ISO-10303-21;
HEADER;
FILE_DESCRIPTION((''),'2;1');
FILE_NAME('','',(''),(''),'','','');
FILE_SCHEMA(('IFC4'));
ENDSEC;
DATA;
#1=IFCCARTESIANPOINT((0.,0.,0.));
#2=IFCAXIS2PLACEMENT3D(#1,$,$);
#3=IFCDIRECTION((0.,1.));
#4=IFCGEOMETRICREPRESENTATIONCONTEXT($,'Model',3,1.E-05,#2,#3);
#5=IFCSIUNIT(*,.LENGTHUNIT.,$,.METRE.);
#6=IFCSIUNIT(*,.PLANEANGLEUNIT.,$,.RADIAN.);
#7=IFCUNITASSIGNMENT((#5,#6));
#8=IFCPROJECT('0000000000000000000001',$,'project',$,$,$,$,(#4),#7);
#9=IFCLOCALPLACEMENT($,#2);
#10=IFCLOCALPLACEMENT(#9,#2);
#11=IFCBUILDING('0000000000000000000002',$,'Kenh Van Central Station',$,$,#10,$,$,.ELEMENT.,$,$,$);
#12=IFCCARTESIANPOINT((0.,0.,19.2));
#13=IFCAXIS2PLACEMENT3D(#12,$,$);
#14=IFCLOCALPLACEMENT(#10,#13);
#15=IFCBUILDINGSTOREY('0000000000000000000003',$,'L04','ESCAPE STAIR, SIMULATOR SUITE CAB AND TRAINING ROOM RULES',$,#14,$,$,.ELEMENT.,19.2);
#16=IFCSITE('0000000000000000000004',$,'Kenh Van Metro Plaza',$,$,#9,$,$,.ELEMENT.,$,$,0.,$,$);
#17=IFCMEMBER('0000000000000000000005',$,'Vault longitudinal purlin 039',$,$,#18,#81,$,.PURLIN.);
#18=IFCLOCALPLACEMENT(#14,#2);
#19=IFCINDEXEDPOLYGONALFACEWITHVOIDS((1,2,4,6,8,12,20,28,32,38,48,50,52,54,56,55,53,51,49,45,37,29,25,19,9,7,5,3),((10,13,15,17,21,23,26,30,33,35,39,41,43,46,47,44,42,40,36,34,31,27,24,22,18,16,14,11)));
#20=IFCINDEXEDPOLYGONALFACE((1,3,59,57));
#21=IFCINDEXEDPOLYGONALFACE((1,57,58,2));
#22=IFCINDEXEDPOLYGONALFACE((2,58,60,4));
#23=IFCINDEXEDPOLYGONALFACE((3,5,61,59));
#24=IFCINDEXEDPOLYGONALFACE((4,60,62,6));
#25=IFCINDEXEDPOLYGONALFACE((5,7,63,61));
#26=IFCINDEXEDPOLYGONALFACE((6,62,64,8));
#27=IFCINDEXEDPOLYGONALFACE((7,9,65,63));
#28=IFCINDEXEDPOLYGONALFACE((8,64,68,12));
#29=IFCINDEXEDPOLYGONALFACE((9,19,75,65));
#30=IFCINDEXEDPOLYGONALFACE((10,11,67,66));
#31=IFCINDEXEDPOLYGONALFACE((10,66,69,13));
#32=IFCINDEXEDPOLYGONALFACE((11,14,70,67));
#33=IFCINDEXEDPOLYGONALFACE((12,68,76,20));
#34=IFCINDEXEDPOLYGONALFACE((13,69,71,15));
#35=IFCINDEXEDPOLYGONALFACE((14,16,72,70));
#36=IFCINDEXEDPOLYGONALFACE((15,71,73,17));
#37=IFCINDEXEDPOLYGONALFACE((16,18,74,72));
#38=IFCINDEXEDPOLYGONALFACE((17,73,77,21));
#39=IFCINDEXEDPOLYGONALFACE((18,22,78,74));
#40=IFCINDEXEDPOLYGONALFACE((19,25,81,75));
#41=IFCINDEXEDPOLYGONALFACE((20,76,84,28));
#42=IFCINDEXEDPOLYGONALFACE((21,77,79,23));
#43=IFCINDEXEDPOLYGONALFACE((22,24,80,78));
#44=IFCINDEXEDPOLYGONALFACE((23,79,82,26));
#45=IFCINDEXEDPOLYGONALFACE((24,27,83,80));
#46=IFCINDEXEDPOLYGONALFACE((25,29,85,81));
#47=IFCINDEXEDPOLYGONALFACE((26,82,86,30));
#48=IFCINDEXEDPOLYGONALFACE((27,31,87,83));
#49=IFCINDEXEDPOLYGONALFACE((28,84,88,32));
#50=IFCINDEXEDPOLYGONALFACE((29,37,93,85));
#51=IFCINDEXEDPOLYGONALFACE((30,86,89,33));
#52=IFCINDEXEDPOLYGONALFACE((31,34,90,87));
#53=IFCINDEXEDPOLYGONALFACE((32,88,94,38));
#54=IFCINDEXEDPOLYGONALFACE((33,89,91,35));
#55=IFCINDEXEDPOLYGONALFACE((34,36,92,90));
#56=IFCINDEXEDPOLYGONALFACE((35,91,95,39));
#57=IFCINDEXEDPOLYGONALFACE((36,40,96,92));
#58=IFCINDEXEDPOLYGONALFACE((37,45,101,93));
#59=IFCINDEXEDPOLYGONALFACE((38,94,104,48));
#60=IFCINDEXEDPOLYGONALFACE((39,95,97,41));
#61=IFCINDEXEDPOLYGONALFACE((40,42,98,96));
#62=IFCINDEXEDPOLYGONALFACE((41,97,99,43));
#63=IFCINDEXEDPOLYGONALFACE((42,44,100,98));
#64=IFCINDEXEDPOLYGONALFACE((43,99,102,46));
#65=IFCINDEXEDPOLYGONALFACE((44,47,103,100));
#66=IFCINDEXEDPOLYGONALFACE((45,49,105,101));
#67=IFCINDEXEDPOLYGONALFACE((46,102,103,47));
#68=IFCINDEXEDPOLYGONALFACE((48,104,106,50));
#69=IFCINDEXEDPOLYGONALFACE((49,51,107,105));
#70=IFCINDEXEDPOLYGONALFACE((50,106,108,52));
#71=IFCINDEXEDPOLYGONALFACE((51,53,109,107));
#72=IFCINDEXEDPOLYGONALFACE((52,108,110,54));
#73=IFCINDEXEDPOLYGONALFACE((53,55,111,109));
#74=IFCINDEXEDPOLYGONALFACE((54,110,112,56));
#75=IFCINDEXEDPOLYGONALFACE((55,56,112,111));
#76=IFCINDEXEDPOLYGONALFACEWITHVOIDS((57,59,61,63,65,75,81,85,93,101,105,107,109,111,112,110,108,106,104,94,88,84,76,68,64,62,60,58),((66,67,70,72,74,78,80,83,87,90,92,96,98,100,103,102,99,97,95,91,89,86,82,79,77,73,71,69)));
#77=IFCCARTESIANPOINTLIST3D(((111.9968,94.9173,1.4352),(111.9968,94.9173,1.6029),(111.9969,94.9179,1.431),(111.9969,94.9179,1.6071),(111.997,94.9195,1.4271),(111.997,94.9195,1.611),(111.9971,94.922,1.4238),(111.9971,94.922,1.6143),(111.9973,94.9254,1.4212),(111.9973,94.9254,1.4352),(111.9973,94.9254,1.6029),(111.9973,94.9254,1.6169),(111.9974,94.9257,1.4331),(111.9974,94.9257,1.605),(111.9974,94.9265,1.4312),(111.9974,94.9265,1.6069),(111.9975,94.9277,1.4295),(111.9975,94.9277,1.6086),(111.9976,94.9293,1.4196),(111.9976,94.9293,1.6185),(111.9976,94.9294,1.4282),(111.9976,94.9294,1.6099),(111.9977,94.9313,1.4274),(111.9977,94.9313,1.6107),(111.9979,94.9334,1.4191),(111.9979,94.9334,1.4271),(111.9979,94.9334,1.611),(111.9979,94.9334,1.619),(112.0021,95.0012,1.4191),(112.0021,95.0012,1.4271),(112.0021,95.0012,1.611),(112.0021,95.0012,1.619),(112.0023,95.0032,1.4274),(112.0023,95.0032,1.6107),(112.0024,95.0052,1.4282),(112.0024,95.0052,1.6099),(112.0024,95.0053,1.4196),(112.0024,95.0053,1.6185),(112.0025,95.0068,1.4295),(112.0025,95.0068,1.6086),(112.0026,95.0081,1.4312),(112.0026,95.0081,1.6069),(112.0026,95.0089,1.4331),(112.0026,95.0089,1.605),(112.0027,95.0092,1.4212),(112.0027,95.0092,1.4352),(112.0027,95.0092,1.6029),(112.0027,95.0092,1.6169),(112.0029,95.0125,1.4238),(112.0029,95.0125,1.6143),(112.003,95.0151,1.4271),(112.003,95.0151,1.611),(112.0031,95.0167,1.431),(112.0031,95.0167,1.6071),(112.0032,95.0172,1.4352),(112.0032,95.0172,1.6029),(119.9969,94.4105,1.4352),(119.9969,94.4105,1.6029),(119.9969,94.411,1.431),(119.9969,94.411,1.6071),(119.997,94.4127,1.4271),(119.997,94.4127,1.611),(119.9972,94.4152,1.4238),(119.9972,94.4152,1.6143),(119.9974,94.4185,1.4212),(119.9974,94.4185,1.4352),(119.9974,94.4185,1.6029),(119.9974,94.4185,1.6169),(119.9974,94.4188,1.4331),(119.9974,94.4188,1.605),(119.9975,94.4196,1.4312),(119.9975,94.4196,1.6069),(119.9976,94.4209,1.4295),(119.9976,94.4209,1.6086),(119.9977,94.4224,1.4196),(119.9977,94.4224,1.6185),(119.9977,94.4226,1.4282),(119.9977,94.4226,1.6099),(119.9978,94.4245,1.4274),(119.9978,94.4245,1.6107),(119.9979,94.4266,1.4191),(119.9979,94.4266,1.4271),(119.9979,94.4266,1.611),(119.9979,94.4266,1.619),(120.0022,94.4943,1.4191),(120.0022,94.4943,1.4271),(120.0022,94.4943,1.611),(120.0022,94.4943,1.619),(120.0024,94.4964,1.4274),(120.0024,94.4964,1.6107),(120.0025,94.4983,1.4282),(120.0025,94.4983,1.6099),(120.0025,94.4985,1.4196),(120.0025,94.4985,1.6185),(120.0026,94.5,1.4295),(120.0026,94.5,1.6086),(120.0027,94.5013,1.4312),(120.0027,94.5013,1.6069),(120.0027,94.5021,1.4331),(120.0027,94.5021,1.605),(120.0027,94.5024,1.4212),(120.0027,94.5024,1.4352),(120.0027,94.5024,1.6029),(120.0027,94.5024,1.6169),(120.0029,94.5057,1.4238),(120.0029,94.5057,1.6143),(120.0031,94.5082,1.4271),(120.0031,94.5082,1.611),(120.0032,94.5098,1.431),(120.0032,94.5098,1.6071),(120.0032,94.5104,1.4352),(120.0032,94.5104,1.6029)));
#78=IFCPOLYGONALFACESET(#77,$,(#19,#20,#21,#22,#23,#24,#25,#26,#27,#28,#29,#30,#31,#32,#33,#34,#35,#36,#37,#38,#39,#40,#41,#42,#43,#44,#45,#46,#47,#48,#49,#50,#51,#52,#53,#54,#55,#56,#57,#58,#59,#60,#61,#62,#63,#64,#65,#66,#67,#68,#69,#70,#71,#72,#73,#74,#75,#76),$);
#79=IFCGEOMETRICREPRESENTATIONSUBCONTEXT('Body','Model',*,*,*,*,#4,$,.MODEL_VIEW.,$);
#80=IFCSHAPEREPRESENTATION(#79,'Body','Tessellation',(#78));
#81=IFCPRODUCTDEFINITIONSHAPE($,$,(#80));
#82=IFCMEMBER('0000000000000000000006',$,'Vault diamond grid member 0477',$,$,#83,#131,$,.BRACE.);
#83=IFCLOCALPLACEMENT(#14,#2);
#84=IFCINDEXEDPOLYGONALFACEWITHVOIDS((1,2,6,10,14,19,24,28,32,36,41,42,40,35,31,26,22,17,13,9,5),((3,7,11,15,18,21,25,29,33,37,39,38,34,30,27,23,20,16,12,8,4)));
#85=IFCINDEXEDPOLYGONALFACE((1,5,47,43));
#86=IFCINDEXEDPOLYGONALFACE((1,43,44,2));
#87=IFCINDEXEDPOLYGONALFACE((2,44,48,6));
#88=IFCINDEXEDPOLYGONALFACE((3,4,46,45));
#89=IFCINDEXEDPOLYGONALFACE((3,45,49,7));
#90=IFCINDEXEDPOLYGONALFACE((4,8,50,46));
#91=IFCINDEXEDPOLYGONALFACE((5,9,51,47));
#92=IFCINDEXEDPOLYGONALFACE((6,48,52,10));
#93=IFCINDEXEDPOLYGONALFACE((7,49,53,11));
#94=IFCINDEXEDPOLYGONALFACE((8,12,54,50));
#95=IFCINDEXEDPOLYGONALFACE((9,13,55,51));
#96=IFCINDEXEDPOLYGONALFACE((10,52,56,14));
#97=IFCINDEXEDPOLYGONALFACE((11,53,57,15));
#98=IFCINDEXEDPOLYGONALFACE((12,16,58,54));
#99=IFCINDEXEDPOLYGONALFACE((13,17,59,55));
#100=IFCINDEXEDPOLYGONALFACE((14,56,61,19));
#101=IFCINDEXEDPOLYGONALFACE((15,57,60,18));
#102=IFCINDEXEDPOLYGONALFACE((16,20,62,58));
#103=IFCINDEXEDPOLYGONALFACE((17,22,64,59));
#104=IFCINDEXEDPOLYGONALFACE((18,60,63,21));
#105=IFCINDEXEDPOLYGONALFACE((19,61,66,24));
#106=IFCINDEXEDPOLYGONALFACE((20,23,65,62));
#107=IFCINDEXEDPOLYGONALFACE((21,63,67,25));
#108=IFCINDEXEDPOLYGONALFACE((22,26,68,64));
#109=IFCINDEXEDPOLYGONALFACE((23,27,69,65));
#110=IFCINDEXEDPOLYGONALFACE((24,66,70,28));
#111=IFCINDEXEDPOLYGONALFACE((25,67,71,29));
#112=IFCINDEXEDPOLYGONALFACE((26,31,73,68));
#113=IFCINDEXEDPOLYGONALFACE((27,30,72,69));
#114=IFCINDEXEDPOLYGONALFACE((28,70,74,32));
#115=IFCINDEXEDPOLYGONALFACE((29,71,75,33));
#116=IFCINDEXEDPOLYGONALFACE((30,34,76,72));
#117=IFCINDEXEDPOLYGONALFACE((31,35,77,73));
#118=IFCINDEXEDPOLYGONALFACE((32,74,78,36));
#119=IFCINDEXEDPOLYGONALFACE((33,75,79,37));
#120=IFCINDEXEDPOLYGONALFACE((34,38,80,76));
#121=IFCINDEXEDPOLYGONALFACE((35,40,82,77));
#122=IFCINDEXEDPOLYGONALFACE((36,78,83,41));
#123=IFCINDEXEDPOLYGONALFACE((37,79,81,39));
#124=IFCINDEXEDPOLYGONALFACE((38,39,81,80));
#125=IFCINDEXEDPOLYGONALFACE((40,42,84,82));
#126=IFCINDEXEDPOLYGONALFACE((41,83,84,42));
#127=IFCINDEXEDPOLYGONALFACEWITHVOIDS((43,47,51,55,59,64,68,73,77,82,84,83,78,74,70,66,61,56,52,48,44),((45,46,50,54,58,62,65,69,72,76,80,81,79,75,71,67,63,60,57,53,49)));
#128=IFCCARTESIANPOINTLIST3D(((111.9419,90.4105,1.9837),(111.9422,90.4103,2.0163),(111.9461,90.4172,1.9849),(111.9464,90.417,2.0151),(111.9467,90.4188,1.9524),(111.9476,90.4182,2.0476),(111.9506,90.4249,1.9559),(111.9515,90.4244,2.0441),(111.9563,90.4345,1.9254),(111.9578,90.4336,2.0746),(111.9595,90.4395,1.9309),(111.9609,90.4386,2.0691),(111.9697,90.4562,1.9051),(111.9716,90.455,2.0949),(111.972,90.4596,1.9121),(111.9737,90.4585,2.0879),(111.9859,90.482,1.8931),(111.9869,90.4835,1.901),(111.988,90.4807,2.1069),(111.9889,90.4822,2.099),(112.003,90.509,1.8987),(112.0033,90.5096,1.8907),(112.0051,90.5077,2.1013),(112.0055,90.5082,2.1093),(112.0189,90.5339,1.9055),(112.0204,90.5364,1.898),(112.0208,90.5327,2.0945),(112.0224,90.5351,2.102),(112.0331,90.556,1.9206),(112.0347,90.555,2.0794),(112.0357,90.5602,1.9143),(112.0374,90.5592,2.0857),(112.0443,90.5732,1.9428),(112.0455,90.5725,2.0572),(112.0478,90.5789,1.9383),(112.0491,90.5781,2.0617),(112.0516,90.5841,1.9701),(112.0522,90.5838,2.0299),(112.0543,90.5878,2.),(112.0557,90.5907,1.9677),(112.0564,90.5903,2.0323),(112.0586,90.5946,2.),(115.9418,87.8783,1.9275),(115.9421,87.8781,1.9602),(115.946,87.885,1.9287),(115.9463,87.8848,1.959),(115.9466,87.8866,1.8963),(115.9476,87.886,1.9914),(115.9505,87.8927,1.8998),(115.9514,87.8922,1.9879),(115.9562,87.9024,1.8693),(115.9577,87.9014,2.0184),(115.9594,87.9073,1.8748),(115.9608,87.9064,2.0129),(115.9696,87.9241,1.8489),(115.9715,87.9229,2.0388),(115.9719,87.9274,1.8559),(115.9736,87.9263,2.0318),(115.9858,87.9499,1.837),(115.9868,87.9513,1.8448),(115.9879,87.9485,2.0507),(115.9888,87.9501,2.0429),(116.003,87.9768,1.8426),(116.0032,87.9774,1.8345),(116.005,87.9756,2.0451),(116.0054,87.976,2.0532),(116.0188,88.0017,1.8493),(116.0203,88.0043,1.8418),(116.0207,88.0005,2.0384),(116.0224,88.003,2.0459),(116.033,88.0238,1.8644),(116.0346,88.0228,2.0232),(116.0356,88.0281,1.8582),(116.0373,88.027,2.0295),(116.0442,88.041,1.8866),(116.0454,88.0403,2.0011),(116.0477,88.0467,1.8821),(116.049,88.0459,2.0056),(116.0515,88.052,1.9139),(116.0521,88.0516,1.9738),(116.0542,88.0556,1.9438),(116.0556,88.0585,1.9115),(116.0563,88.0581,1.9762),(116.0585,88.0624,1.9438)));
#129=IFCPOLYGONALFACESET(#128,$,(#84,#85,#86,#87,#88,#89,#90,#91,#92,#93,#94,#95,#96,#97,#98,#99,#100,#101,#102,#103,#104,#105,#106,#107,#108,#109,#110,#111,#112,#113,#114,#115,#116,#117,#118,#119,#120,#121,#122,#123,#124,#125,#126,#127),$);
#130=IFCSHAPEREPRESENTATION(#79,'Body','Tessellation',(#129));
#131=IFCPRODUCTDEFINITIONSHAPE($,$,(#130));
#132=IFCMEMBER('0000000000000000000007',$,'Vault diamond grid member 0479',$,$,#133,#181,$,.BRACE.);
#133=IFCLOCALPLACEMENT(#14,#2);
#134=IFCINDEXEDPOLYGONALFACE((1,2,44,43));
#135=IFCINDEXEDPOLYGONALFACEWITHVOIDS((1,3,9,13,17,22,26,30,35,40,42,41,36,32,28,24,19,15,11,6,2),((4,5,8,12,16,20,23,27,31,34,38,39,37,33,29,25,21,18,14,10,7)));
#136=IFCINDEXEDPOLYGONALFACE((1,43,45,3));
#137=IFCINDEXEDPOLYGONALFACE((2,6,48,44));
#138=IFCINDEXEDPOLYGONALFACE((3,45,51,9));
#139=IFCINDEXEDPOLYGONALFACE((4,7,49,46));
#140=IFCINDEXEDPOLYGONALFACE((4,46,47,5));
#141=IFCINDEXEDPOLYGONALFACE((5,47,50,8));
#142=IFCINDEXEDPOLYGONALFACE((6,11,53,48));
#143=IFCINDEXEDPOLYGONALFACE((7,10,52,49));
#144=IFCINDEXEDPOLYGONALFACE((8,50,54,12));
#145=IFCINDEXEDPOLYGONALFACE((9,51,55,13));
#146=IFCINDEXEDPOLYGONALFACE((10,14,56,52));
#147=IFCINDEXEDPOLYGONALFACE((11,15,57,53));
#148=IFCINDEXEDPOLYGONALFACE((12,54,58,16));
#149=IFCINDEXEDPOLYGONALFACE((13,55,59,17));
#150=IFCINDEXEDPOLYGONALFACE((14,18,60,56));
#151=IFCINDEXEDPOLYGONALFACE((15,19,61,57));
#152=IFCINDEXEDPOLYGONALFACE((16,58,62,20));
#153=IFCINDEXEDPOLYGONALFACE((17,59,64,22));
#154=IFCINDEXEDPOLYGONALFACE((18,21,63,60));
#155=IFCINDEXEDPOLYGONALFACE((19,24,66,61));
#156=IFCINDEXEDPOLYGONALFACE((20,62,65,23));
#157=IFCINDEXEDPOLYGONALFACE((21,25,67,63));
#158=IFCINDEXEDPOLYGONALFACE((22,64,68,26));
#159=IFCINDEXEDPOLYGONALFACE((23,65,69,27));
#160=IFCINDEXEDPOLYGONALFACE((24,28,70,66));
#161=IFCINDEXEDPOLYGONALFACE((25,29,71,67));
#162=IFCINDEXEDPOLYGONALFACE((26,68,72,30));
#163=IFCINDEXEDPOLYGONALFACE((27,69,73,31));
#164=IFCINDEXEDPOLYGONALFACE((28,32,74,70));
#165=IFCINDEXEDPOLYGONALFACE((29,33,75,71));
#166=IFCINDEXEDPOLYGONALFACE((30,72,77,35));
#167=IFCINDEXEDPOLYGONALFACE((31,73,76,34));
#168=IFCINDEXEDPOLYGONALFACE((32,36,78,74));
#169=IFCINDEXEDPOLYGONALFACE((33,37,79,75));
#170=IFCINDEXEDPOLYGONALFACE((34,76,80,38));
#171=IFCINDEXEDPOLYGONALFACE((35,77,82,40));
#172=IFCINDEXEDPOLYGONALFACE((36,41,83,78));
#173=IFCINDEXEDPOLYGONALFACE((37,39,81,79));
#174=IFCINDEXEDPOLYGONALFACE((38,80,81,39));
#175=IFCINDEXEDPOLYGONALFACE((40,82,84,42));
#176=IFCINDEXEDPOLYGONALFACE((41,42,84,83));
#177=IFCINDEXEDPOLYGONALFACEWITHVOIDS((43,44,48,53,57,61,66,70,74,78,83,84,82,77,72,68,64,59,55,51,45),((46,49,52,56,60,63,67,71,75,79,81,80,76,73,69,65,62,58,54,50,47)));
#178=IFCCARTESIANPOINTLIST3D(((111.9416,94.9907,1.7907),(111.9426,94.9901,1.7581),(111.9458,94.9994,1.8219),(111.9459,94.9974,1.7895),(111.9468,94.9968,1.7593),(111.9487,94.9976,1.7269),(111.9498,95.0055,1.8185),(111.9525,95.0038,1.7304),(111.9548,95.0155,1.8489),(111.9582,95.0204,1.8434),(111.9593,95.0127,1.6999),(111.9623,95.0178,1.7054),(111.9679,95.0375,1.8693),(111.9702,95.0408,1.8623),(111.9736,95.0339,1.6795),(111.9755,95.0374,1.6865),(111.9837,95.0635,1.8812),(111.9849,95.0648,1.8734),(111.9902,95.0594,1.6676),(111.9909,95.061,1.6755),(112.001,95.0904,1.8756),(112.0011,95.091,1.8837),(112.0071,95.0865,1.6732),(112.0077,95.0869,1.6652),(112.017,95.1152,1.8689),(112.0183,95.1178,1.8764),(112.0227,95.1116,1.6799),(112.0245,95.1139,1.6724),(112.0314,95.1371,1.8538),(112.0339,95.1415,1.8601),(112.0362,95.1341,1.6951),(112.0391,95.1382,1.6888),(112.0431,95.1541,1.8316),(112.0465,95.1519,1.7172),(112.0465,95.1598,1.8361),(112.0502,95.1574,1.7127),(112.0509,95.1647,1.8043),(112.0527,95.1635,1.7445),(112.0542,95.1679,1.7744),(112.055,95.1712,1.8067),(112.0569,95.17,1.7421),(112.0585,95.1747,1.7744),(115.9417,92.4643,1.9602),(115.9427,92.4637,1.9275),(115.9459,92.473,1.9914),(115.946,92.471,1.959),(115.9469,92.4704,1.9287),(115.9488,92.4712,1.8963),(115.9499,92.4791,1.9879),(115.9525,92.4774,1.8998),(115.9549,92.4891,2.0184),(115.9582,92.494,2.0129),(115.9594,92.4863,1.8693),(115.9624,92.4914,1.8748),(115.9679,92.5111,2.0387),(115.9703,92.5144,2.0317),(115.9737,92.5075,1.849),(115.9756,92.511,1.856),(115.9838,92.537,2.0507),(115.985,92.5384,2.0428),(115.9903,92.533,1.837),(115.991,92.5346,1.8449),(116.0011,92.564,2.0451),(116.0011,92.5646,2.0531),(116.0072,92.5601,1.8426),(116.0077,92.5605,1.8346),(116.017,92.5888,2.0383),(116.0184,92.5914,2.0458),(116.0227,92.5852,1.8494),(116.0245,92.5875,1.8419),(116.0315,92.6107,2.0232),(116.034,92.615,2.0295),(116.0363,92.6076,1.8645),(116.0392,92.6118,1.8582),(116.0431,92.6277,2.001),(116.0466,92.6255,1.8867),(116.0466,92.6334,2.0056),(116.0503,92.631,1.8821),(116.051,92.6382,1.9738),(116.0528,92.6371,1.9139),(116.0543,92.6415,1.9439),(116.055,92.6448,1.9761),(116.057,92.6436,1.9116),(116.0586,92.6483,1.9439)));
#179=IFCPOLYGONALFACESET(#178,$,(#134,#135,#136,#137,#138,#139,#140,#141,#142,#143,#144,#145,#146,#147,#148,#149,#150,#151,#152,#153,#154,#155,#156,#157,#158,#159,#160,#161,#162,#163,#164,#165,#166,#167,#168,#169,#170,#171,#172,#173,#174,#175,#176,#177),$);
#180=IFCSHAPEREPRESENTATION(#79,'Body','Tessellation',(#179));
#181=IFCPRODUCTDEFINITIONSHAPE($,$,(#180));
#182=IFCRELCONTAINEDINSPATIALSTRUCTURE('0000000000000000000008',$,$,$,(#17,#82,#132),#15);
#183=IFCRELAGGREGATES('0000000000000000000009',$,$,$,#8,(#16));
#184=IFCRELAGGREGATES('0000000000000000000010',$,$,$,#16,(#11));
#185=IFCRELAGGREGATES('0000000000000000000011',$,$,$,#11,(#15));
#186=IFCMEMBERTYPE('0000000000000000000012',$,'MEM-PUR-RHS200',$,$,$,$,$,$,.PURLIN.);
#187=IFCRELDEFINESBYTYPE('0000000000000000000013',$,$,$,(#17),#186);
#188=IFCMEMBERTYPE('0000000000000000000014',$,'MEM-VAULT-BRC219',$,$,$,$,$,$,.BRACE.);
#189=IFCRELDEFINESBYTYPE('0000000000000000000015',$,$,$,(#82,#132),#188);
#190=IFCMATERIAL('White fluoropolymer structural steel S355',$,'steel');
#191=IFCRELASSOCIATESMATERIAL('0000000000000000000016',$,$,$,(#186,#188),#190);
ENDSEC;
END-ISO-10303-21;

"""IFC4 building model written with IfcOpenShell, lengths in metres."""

from ifc_helpers import new_model, si_unit, direction, frame, origin, origin_2d, place, context, subcontext, project, spatial, hollow_rectangle, hollow_circle, extrude, material, material_profile, profile_set, type_object, element, save


model = new_model("IFC4")

# Units and contexts
model_context = context("Model", 3, precision=1e-05, world=origin(), true_north=direction((0.0, 1.0)))
body_context = subcontext(model_context, "Body", "Model", "MODEL_VIEW")
ifc_project = project(units=[si_unit("LENGTHUNIT", "METRE"), si_unit("PLANEANGLEUNIT", "RADIAN")], contexts=[model_context])

# Site, building, storey
site_placement = place(None, origin())
site = spatial("IfcSite", under=ifc_project, at=site_placement, Name="Kenh Van Metro Plaza", CompositionType="ELEMENT", RefElevation=0.0)
building_placement = place(site_placement, origin())
building = spatial("IfcBuilding", under=site, at=building_placement, Name="Kenh Van Central Station", CompositionType="ELEMENT")
storey_placement = place(building_placement, frame((0.0, 0.0, 19.2)))
storey = spatial("IfcBuildingStorey", under=building, at=storey_placement, Name="L04", Description="ESCAPE STAIR, SIMULATOR SUITE CAB AND TRAINING ROOM RULES", CompositionType="ELEMENT", Elevation=19.2)

# Shared definitions
ifc_material_1 = material(Name="White fluoropolymer structural steel S355", Category="steel")

# Members
ifc_material_profile_1 = material_profile(ifc_material_1, hollow_rectangle(XDim=0.1001, YDim=0.2, WallThickness=0.0081, InnerFilletRadius=0.0081, OuterFilletRadius=0.0161, at=origin_2d()), Name="RHS 200x100x8")
ifc_profile_set_1 = profile_set([ifc_material_profile_1], Name="White fluoropolymer structural steel S355")
member_type_1 = type_object("IfcMemberType", Name="MEM-PUR-RHS200", PredefinedType="PURLIN", material=ifc_profile_set_1)
member_1_placement = place(storey_placement, frame((112.0, 94.9673, 1.519), z_axis=(0.997999, -0.063228, 0.0), x_axis=(0.063228, 0.997999, 0.0)))
element("IfcMember", 1, at=member_1_placement, inside=storey, type_object=member_type_1, Name="Vault longitudinal purlin 039", PredefinedType="PURLIN", context=body_context, shape_type="SweptSolid", body=[
    extrude(hollow_rectangle(XDim=0.1001, YDim=0.2, WallThickness=0.0081, InnerFilletRadius=0.0081, OuterFilletRadius=0.0161, at=origin_2d()), origin(), (0.0, 0.0, 1.0), 8.0161),
])
ifc_material_profile_2 = material_profile(ifc_material_1, hollow_circle(Radius=0.1096, WallThickness=0.0081, at=origin_2d()), Name="CHS 219.1x8")
ifc_profile_set_2 = profile_set([ifc_material_profile_2], Name="White fluoropolymer structural steel S355")
member_type_2 = type_object("IfcMemberType", Name="MEM-VAULT-BRC219", PredefinedType="BRACE", material=ifc_profile_set_2)
member_2_placement = place(storey_placement, frame((112.0, 90.502, 2.0), z_axis=(0.844865, -0.534848, -0.01186), x_axis=(0.534885, 0.844925, 0.0)))
element("IfcMember", 2, at=member_2_placement, inside=storey, type_object=member_type_2, Name="Vault diamond grid member 0477", PredefinedType="BRACE", context=body_context, shape_type="SweptSolid", body=[
    extrude(hollow_circle(Radius=0.1096, WallThickness=0.0081, at=origin_2d()), origin(), (0.0, 0.0, 1.0), 4.7344),
])
member_3_placement = place(storey_placement, frame((112.0, 95.082, 1.7744), z_axis=(0.844942, -0.533659, 0.03579), x_axis=(0.534001, 0.845484, 0.0)))
element("IfcMember", 3, at=member_3_placement, inside=storey, type_object=member_type_2, Name="Vault diamond grid member 0479", PredefinedType="BRACE", context=body_context, shape_type="SweptSolid", body=[
    extrude(hollow_circle(Radius=0.1096, WallThickness=0.0081, at=origin_2d()), origin(), (0.0, 0.0, 1.0), 4.7341),
])

save(model, "model.ifc")
